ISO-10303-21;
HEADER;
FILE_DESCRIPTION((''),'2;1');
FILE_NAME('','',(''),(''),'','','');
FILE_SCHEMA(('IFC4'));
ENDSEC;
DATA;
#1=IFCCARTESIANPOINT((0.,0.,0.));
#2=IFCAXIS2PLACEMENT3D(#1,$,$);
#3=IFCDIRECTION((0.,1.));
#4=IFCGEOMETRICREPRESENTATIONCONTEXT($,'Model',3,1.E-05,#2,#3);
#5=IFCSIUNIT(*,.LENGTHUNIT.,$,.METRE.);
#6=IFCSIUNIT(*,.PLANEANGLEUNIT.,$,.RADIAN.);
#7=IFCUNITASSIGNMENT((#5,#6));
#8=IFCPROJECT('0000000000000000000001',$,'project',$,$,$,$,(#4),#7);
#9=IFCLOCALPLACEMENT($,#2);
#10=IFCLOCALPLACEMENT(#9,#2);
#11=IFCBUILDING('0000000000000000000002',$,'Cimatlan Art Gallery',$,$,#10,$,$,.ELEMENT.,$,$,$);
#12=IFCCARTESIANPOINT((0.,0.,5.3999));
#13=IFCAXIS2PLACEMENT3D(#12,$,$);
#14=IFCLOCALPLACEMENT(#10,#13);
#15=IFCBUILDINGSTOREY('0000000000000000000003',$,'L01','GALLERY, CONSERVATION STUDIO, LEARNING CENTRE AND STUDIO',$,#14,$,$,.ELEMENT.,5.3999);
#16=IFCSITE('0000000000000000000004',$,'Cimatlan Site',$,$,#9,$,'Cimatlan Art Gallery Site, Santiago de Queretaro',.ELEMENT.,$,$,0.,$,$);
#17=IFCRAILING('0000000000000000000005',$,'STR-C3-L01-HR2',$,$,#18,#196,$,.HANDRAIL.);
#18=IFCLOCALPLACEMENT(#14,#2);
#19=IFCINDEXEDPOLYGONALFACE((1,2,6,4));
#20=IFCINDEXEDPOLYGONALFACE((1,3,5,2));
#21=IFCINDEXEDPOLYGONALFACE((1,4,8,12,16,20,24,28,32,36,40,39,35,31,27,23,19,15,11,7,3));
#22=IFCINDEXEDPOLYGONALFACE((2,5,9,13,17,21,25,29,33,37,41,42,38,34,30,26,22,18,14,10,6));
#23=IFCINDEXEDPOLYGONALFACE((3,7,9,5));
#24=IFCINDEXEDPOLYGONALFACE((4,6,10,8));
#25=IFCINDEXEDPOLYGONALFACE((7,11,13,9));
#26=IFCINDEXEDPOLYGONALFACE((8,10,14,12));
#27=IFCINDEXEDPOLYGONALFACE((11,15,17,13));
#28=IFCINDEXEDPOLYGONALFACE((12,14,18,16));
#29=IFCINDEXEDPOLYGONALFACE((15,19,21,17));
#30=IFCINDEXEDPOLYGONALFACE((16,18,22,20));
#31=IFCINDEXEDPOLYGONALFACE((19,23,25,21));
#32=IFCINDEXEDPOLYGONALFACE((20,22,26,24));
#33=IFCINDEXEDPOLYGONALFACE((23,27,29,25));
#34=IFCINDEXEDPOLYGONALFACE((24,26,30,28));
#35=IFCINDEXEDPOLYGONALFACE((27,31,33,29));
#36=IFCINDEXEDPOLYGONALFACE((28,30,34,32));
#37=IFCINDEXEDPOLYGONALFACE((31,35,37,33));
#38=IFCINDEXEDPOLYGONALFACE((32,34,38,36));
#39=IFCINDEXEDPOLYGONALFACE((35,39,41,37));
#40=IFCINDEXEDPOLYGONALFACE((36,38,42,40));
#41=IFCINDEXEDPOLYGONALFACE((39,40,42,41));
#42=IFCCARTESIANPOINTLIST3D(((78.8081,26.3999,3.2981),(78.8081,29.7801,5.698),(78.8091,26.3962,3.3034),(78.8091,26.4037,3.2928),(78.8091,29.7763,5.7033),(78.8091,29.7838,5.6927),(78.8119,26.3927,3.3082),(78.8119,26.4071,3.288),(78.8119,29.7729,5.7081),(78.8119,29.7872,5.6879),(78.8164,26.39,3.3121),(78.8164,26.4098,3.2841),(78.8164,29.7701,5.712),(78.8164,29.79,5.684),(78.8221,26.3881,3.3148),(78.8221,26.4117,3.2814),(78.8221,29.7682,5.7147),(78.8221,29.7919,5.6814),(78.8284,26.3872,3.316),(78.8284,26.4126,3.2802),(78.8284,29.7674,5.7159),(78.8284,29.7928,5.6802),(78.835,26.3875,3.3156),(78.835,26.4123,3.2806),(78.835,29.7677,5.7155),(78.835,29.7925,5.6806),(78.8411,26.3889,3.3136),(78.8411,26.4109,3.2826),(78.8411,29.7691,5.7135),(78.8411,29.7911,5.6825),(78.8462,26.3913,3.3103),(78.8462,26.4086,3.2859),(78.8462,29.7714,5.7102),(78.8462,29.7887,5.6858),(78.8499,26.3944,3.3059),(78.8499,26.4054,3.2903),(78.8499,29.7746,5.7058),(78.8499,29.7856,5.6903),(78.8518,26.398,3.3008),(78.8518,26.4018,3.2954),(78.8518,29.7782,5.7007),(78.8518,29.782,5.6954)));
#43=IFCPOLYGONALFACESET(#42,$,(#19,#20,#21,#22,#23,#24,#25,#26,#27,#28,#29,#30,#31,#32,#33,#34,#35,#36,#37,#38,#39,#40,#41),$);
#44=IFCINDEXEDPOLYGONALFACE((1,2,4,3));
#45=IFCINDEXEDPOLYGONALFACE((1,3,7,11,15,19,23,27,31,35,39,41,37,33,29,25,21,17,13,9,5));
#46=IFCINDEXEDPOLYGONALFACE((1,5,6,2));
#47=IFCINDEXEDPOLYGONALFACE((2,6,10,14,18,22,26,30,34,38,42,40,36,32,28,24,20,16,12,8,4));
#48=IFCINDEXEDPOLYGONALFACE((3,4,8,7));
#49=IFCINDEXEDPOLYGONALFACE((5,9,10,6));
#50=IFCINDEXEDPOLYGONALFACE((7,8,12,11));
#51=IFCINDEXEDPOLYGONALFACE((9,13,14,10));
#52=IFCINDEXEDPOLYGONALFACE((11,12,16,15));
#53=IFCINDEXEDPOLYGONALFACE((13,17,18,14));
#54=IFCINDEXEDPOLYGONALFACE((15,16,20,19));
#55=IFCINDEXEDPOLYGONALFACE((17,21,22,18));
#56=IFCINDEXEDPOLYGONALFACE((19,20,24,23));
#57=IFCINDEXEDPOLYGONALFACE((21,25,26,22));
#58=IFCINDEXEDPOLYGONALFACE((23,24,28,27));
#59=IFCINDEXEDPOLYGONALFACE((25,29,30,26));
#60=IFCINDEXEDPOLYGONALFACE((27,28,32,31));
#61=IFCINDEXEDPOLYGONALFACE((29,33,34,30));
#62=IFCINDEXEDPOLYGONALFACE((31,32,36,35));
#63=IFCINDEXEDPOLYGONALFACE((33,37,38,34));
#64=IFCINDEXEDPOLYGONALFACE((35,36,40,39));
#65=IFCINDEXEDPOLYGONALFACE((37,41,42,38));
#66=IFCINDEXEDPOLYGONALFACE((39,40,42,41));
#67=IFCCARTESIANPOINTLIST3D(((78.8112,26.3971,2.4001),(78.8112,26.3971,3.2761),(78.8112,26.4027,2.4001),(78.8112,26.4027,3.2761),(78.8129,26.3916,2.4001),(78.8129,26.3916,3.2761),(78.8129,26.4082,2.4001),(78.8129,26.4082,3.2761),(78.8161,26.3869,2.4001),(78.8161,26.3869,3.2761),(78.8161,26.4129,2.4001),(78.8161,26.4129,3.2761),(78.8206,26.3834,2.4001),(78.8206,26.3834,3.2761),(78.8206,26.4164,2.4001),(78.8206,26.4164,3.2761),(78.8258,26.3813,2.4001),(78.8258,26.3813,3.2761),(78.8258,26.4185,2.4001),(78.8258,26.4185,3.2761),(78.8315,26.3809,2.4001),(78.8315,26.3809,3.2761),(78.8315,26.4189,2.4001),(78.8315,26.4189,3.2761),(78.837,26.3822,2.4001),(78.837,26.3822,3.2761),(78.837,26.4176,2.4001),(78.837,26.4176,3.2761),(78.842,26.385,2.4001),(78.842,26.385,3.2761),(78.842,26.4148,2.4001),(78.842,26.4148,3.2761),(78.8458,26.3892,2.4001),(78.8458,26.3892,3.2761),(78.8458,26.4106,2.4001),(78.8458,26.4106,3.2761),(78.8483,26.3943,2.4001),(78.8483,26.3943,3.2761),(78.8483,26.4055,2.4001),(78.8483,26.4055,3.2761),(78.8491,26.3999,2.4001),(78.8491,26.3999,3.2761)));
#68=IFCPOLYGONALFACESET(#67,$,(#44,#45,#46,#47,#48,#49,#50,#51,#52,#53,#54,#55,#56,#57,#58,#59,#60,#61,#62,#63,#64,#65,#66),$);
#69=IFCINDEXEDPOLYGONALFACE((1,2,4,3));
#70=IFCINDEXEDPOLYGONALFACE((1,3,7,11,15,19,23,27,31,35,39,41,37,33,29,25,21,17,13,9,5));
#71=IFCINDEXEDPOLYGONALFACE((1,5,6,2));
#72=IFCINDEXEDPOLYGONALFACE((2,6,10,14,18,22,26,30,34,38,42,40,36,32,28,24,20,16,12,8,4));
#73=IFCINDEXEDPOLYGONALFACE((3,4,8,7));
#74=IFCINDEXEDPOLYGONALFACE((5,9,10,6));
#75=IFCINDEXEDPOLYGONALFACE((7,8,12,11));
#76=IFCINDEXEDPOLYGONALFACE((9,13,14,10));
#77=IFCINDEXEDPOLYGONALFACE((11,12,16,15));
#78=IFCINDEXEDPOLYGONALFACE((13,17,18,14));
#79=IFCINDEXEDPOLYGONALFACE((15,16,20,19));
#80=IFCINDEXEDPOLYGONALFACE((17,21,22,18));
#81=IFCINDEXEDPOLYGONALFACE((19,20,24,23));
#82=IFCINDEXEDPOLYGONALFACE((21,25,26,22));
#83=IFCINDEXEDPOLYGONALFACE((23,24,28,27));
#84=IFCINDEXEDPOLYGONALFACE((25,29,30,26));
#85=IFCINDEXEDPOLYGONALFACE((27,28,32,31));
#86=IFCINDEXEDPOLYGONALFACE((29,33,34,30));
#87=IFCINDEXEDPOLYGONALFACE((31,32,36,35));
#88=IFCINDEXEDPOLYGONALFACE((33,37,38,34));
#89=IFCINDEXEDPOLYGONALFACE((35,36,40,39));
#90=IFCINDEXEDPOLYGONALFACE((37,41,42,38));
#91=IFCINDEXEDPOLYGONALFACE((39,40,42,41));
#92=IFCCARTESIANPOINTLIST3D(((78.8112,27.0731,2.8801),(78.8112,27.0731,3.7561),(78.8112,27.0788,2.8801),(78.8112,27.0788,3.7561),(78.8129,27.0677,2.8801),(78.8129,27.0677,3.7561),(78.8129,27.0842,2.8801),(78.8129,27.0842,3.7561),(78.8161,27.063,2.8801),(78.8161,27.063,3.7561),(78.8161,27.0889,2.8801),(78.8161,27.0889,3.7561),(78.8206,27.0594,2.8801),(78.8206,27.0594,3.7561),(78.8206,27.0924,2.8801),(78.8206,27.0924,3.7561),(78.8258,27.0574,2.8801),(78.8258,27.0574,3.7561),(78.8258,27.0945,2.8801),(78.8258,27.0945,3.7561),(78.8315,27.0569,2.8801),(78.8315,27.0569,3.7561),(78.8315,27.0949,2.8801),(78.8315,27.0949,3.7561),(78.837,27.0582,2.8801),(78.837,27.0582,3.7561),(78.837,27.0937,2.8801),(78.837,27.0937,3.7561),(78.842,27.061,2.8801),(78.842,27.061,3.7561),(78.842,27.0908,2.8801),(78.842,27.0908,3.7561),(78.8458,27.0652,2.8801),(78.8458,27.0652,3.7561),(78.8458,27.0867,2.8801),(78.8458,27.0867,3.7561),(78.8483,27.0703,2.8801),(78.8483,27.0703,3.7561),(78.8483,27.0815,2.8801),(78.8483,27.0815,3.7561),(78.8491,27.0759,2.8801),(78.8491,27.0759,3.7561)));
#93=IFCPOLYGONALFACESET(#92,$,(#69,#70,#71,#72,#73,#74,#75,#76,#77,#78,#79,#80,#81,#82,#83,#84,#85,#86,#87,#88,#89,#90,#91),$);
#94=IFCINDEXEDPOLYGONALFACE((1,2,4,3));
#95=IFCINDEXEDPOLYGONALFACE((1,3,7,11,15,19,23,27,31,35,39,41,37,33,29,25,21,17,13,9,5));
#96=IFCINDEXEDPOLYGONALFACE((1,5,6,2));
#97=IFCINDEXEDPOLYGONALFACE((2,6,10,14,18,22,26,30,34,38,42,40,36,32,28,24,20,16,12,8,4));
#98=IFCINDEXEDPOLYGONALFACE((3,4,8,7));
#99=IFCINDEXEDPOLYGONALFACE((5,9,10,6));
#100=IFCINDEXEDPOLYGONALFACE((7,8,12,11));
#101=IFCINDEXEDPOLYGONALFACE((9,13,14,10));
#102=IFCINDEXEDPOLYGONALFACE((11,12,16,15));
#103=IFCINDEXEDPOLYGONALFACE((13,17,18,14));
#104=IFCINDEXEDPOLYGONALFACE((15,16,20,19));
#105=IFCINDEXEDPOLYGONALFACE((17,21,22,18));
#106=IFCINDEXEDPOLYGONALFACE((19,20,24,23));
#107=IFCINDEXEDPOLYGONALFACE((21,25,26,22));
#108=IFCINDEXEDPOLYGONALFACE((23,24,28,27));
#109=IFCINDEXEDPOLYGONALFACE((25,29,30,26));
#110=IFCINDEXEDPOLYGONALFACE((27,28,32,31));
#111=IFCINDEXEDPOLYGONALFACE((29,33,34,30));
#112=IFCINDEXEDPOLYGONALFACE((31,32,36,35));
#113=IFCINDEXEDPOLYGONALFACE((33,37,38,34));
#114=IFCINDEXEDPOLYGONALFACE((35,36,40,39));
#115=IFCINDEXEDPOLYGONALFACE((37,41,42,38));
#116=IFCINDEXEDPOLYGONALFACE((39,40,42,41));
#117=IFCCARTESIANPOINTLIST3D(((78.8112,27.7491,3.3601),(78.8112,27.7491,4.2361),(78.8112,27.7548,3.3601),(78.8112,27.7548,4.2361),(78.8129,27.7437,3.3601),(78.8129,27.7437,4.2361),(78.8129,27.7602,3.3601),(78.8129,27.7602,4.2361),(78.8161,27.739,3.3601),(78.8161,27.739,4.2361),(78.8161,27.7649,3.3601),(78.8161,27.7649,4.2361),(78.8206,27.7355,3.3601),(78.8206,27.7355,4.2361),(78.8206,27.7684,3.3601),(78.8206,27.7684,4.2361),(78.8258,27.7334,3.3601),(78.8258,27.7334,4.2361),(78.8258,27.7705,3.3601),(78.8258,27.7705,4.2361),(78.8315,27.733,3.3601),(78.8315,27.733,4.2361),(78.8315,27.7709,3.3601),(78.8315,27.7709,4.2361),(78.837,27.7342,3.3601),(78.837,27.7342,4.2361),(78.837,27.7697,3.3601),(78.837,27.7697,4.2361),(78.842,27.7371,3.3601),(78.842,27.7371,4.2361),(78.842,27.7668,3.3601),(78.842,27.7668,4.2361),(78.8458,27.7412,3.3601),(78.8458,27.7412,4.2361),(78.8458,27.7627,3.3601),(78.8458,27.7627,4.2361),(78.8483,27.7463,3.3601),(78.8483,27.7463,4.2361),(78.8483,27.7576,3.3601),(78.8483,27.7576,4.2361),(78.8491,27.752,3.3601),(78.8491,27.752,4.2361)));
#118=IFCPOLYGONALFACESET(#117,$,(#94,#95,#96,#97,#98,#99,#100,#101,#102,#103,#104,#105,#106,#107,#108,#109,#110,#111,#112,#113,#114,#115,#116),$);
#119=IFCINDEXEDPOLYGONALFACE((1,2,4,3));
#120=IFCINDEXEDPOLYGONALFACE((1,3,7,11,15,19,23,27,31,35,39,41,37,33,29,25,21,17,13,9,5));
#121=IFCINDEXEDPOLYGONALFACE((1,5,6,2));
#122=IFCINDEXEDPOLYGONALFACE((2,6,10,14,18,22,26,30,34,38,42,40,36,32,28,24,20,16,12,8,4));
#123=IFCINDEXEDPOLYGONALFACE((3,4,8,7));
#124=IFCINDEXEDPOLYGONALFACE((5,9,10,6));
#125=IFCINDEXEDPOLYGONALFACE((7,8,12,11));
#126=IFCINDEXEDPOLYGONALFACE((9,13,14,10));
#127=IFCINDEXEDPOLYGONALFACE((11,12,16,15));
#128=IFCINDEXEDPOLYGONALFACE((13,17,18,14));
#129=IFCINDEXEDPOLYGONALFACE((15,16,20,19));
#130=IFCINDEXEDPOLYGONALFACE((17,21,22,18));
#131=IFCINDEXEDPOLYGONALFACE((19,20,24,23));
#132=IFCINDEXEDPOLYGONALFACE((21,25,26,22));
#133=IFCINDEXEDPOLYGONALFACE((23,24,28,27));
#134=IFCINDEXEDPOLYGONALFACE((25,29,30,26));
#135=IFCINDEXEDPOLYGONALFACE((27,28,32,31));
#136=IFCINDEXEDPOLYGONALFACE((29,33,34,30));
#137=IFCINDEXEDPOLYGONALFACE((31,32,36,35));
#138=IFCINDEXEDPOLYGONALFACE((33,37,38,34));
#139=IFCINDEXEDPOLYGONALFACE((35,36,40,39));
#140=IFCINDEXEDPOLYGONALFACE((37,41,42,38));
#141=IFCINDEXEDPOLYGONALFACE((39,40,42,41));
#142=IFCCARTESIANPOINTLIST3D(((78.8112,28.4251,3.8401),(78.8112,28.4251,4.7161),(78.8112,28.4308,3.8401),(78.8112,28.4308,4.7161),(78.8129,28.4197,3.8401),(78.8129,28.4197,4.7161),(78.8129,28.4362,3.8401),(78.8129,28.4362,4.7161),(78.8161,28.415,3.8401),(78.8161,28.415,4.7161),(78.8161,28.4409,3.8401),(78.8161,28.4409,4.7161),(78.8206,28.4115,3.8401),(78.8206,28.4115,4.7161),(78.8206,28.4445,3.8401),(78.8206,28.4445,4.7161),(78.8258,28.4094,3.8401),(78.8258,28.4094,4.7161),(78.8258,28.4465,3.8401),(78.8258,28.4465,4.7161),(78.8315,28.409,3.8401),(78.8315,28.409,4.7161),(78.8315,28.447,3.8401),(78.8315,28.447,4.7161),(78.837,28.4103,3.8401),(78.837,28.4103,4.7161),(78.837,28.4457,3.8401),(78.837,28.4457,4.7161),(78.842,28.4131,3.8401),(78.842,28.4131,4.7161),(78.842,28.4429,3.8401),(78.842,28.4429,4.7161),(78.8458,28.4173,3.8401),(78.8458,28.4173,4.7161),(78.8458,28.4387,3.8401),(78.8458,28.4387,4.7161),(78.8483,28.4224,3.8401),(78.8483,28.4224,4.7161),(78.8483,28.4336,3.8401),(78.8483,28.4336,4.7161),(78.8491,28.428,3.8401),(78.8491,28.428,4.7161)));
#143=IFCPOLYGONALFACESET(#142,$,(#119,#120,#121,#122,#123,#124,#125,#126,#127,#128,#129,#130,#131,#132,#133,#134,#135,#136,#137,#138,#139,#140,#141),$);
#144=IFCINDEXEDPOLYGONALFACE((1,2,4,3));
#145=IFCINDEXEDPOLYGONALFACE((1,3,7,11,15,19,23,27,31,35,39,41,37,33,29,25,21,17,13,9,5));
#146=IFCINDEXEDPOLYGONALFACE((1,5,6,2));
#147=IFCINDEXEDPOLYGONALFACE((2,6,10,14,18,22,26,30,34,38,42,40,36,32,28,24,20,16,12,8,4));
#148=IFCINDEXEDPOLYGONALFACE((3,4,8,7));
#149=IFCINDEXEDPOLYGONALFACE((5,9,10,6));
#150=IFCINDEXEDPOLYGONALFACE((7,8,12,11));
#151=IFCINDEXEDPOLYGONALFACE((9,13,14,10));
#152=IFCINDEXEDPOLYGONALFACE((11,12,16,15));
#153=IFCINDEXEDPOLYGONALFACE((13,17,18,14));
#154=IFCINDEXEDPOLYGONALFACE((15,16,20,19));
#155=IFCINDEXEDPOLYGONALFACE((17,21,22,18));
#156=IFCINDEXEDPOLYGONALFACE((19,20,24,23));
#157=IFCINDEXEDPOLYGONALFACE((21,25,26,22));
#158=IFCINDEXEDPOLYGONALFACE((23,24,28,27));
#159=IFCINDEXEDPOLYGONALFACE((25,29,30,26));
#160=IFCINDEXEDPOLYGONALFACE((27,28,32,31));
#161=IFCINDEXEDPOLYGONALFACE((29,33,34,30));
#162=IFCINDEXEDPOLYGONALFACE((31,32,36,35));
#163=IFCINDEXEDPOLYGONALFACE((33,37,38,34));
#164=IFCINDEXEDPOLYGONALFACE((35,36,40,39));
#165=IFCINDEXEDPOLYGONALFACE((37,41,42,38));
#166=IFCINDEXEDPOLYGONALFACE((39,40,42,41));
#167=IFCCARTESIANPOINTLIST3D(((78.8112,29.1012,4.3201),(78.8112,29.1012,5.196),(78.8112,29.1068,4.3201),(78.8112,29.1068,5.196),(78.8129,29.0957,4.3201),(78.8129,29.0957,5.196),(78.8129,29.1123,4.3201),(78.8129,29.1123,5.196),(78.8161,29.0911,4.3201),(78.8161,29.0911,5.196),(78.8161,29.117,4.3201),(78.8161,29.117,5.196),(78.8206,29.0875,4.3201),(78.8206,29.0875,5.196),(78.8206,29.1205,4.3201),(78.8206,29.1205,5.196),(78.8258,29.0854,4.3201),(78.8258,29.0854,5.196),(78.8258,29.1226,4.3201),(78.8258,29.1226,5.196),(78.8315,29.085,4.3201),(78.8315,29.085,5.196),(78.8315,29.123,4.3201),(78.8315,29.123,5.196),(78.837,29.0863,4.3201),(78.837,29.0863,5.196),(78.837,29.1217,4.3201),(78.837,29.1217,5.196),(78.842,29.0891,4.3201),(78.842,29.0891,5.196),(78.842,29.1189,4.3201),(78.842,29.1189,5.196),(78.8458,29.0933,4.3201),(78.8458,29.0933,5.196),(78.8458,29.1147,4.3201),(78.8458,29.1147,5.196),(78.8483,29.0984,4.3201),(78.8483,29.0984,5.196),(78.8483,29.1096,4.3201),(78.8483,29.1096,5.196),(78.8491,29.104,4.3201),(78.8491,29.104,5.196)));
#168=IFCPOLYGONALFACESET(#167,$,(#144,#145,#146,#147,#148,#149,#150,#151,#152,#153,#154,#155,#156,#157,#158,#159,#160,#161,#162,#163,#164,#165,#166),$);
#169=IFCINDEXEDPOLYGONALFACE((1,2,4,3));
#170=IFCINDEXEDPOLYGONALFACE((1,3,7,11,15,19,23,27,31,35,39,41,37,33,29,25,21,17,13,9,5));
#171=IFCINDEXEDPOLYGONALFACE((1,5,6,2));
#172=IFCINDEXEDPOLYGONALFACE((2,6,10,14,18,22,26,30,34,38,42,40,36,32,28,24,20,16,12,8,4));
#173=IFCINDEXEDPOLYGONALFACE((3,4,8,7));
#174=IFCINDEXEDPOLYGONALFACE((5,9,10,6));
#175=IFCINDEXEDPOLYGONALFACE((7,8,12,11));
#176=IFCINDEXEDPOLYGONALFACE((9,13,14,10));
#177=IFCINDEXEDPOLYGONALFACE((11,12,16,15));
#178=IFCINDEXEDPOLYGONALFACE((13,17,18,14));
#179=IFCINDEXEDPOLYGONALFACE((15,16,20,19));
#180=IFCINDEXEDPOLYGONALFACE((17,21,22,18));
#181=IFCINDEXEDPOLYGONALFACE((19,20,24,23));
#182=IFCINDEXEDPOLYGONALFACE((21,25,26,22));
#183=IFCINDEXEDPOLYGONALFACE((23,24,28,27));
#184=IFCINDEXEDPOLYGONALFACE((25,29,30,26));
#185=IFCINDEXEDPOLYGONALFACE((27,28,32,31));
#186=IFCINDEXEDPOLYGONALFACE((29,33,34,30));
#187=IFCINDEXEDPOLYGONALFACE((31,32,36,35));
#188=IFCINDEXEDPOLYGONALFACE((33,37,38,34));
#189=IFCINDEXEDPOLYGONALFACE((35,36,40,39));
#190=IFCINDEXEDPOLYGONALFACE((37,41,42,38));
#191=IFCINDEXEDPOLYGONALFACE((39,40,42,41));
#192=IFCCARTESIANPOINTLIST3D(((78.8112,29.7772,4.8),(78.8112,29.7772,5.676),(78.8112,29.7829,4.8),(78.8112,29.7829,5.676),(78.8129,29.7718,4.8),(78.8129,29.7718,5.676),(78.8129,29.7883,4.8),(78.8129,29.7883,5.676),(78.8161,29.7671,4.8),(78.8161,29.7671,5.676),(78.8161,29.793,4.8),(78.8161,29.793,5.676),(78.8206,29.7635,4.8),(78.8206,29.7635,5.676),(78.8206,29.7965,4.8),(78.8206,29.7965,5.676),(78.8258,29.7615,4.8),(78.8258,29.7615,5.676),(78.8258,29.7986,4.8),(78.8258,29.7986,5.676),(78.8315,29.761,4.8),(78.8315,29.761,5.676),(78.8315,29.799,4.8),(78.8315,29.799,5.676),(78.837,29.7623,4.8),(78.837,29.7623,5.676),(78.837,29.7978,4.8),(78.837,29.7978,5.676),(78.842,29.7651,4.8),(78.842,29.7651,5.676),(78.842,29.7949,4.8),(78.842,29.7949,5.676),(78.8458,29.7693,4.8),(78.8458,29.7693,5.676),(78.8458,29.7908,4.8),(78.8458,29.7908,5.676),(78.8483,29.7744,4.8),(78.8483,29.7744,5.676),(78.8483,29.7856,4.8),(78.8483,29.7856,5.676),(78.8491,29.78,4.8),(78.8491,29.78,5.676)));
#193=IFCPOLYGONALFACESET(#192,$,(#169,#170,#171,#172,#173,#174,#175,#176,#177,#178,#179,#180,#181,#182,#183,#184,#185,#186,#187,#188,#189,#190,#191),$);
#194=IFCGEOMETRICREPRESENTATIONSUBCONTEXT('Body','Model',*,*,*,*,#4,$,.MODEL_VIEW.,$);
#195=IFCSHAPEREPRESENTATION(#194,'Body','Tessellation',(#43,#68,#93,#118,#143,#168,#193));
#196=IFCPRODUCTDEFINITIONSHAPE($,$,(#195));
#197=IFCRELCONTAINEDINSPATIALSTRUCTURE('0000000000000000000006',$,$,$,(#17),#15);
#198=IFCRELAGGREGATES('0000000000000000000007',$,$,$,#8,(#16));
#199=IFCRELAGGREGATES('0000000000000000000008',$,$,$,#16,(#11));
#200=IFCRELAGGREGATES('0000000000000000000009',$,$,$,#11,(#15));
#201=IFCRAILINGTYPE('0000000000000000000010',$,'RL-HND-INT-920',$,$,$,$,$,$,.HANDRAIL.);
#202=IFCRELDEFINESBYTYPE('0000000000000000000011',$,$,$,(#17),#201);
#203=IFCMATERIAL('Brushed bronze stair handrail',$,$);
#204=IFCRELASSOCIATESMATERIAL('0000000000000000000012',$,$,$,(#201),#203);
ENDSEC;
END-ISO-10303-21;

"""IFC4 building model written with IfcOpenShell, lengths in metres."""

from ifc_helpers import new_model, si_unit, direction, frame, origin, origin_2d, place, context, subcontext, project, spatial, circle, extrude, material, type_object, element, save


model = new_model("IFC4")

# Units and contexts
model_context = context("Model", 3, precision=1e-05, world=origin(), true_north=direction((0.0, 1.0)))
body_context = subcontext(model_context, "Body", "Model", "MODEL_VIEW")
ifc_project = project(units=[si_unit("LENGTHUNIT", "METRE"), si_unit("PLANEANGLEUNIT", "RADIAN")], contexts=[model_context])

# Site, building, storey
site_placement = place(None, origin())
site = spatial("IfcSite", under=ifc_project, at=site_placement, Name="Cimatlan Site", LongName="Cimatlan Art Gallery Site, Santiago de Queretaro", CompositionType="ELEMENT", RefElevation=0.0)
building_placement = place(site_placement, origin())
building = spatial("IfcBuilding", under=site, at=building_placement, Name="Cimatlan Art Gallery", CompositionType="ELEMENT")
storey_placement = place(building_placement, frame((0.0, 0.0, 5.3999)))
storey = spatial("IfcBuildingStorey", under=building, at=storey_placement, Name="L01", Description="GALLERY, CONSERVATION STUDIO, LEARNING CENTRE AND STUDIO", CompositionType="ELEMENT", Elevation=5.3999)

# Railing
ifc_material_1 = material(Name="Brushed bronze stair handrail")
railing_type_1 = type_object("IfcRailingType", Name="RL-HND-INT-920", PredefinedType="HANDRAIL", material=ifc_material_1)
railing_1_placement = place(storey_placement, frame((78.8301, 26.3999, 2.4001)))
element("IfcRailing", 1, at=railing_1_placement, inside=storey, type_object=railing_type_1, Name="STR-C3-L01-HR2", PredefinedType="HANDRAIL", context=body_context, shape_type="SweptSolid", body=[
    extrude(circle(Radius=0.022, at=origin_2d()), frame((0.0, 0.0, 0.8979), z_axis=(0.0, 0.815382, 0.578924), x_axis=(-1.0, 0.0, 0.0)), (0.0, 0.0, 1.0), 4.1455),
    extrude(circle(Radius=0.019, at=origin_2d()), origin(), (0.0, 0.0, 1.0), 0.876),
    extrude(circle(Radius=0.019, at=origin_2d()), frame((0.0, 0.676, 0.48)), (0.0, 0.0, 1.0), 0.876),
    extrude(circle(Radius=0.019, at=origin_2d()), frame((0.0, 1.3521, 0.96)), (0.0, 0.0, 1.0), 0.876),
    extrude(circle(Radius=0.019, at=origin_2d()), frame((0.0, 2.0281, 1.4399)), (0.0, 0.0, 1.0), 0.876),
    extrude(circle(Radius=0.019, at=origin_2d()), frame((0.0, 2.7041, 1.9199)), (0.0, 0.0, 1.0), 0.876),
    extrude(circle(Radius=0.019, at=origin_2d()), frame((0.0, 3.3801, 2.3999)), (0.0, 0.0, 1.0), 0.876),
])

save(model, "model.ifc")
